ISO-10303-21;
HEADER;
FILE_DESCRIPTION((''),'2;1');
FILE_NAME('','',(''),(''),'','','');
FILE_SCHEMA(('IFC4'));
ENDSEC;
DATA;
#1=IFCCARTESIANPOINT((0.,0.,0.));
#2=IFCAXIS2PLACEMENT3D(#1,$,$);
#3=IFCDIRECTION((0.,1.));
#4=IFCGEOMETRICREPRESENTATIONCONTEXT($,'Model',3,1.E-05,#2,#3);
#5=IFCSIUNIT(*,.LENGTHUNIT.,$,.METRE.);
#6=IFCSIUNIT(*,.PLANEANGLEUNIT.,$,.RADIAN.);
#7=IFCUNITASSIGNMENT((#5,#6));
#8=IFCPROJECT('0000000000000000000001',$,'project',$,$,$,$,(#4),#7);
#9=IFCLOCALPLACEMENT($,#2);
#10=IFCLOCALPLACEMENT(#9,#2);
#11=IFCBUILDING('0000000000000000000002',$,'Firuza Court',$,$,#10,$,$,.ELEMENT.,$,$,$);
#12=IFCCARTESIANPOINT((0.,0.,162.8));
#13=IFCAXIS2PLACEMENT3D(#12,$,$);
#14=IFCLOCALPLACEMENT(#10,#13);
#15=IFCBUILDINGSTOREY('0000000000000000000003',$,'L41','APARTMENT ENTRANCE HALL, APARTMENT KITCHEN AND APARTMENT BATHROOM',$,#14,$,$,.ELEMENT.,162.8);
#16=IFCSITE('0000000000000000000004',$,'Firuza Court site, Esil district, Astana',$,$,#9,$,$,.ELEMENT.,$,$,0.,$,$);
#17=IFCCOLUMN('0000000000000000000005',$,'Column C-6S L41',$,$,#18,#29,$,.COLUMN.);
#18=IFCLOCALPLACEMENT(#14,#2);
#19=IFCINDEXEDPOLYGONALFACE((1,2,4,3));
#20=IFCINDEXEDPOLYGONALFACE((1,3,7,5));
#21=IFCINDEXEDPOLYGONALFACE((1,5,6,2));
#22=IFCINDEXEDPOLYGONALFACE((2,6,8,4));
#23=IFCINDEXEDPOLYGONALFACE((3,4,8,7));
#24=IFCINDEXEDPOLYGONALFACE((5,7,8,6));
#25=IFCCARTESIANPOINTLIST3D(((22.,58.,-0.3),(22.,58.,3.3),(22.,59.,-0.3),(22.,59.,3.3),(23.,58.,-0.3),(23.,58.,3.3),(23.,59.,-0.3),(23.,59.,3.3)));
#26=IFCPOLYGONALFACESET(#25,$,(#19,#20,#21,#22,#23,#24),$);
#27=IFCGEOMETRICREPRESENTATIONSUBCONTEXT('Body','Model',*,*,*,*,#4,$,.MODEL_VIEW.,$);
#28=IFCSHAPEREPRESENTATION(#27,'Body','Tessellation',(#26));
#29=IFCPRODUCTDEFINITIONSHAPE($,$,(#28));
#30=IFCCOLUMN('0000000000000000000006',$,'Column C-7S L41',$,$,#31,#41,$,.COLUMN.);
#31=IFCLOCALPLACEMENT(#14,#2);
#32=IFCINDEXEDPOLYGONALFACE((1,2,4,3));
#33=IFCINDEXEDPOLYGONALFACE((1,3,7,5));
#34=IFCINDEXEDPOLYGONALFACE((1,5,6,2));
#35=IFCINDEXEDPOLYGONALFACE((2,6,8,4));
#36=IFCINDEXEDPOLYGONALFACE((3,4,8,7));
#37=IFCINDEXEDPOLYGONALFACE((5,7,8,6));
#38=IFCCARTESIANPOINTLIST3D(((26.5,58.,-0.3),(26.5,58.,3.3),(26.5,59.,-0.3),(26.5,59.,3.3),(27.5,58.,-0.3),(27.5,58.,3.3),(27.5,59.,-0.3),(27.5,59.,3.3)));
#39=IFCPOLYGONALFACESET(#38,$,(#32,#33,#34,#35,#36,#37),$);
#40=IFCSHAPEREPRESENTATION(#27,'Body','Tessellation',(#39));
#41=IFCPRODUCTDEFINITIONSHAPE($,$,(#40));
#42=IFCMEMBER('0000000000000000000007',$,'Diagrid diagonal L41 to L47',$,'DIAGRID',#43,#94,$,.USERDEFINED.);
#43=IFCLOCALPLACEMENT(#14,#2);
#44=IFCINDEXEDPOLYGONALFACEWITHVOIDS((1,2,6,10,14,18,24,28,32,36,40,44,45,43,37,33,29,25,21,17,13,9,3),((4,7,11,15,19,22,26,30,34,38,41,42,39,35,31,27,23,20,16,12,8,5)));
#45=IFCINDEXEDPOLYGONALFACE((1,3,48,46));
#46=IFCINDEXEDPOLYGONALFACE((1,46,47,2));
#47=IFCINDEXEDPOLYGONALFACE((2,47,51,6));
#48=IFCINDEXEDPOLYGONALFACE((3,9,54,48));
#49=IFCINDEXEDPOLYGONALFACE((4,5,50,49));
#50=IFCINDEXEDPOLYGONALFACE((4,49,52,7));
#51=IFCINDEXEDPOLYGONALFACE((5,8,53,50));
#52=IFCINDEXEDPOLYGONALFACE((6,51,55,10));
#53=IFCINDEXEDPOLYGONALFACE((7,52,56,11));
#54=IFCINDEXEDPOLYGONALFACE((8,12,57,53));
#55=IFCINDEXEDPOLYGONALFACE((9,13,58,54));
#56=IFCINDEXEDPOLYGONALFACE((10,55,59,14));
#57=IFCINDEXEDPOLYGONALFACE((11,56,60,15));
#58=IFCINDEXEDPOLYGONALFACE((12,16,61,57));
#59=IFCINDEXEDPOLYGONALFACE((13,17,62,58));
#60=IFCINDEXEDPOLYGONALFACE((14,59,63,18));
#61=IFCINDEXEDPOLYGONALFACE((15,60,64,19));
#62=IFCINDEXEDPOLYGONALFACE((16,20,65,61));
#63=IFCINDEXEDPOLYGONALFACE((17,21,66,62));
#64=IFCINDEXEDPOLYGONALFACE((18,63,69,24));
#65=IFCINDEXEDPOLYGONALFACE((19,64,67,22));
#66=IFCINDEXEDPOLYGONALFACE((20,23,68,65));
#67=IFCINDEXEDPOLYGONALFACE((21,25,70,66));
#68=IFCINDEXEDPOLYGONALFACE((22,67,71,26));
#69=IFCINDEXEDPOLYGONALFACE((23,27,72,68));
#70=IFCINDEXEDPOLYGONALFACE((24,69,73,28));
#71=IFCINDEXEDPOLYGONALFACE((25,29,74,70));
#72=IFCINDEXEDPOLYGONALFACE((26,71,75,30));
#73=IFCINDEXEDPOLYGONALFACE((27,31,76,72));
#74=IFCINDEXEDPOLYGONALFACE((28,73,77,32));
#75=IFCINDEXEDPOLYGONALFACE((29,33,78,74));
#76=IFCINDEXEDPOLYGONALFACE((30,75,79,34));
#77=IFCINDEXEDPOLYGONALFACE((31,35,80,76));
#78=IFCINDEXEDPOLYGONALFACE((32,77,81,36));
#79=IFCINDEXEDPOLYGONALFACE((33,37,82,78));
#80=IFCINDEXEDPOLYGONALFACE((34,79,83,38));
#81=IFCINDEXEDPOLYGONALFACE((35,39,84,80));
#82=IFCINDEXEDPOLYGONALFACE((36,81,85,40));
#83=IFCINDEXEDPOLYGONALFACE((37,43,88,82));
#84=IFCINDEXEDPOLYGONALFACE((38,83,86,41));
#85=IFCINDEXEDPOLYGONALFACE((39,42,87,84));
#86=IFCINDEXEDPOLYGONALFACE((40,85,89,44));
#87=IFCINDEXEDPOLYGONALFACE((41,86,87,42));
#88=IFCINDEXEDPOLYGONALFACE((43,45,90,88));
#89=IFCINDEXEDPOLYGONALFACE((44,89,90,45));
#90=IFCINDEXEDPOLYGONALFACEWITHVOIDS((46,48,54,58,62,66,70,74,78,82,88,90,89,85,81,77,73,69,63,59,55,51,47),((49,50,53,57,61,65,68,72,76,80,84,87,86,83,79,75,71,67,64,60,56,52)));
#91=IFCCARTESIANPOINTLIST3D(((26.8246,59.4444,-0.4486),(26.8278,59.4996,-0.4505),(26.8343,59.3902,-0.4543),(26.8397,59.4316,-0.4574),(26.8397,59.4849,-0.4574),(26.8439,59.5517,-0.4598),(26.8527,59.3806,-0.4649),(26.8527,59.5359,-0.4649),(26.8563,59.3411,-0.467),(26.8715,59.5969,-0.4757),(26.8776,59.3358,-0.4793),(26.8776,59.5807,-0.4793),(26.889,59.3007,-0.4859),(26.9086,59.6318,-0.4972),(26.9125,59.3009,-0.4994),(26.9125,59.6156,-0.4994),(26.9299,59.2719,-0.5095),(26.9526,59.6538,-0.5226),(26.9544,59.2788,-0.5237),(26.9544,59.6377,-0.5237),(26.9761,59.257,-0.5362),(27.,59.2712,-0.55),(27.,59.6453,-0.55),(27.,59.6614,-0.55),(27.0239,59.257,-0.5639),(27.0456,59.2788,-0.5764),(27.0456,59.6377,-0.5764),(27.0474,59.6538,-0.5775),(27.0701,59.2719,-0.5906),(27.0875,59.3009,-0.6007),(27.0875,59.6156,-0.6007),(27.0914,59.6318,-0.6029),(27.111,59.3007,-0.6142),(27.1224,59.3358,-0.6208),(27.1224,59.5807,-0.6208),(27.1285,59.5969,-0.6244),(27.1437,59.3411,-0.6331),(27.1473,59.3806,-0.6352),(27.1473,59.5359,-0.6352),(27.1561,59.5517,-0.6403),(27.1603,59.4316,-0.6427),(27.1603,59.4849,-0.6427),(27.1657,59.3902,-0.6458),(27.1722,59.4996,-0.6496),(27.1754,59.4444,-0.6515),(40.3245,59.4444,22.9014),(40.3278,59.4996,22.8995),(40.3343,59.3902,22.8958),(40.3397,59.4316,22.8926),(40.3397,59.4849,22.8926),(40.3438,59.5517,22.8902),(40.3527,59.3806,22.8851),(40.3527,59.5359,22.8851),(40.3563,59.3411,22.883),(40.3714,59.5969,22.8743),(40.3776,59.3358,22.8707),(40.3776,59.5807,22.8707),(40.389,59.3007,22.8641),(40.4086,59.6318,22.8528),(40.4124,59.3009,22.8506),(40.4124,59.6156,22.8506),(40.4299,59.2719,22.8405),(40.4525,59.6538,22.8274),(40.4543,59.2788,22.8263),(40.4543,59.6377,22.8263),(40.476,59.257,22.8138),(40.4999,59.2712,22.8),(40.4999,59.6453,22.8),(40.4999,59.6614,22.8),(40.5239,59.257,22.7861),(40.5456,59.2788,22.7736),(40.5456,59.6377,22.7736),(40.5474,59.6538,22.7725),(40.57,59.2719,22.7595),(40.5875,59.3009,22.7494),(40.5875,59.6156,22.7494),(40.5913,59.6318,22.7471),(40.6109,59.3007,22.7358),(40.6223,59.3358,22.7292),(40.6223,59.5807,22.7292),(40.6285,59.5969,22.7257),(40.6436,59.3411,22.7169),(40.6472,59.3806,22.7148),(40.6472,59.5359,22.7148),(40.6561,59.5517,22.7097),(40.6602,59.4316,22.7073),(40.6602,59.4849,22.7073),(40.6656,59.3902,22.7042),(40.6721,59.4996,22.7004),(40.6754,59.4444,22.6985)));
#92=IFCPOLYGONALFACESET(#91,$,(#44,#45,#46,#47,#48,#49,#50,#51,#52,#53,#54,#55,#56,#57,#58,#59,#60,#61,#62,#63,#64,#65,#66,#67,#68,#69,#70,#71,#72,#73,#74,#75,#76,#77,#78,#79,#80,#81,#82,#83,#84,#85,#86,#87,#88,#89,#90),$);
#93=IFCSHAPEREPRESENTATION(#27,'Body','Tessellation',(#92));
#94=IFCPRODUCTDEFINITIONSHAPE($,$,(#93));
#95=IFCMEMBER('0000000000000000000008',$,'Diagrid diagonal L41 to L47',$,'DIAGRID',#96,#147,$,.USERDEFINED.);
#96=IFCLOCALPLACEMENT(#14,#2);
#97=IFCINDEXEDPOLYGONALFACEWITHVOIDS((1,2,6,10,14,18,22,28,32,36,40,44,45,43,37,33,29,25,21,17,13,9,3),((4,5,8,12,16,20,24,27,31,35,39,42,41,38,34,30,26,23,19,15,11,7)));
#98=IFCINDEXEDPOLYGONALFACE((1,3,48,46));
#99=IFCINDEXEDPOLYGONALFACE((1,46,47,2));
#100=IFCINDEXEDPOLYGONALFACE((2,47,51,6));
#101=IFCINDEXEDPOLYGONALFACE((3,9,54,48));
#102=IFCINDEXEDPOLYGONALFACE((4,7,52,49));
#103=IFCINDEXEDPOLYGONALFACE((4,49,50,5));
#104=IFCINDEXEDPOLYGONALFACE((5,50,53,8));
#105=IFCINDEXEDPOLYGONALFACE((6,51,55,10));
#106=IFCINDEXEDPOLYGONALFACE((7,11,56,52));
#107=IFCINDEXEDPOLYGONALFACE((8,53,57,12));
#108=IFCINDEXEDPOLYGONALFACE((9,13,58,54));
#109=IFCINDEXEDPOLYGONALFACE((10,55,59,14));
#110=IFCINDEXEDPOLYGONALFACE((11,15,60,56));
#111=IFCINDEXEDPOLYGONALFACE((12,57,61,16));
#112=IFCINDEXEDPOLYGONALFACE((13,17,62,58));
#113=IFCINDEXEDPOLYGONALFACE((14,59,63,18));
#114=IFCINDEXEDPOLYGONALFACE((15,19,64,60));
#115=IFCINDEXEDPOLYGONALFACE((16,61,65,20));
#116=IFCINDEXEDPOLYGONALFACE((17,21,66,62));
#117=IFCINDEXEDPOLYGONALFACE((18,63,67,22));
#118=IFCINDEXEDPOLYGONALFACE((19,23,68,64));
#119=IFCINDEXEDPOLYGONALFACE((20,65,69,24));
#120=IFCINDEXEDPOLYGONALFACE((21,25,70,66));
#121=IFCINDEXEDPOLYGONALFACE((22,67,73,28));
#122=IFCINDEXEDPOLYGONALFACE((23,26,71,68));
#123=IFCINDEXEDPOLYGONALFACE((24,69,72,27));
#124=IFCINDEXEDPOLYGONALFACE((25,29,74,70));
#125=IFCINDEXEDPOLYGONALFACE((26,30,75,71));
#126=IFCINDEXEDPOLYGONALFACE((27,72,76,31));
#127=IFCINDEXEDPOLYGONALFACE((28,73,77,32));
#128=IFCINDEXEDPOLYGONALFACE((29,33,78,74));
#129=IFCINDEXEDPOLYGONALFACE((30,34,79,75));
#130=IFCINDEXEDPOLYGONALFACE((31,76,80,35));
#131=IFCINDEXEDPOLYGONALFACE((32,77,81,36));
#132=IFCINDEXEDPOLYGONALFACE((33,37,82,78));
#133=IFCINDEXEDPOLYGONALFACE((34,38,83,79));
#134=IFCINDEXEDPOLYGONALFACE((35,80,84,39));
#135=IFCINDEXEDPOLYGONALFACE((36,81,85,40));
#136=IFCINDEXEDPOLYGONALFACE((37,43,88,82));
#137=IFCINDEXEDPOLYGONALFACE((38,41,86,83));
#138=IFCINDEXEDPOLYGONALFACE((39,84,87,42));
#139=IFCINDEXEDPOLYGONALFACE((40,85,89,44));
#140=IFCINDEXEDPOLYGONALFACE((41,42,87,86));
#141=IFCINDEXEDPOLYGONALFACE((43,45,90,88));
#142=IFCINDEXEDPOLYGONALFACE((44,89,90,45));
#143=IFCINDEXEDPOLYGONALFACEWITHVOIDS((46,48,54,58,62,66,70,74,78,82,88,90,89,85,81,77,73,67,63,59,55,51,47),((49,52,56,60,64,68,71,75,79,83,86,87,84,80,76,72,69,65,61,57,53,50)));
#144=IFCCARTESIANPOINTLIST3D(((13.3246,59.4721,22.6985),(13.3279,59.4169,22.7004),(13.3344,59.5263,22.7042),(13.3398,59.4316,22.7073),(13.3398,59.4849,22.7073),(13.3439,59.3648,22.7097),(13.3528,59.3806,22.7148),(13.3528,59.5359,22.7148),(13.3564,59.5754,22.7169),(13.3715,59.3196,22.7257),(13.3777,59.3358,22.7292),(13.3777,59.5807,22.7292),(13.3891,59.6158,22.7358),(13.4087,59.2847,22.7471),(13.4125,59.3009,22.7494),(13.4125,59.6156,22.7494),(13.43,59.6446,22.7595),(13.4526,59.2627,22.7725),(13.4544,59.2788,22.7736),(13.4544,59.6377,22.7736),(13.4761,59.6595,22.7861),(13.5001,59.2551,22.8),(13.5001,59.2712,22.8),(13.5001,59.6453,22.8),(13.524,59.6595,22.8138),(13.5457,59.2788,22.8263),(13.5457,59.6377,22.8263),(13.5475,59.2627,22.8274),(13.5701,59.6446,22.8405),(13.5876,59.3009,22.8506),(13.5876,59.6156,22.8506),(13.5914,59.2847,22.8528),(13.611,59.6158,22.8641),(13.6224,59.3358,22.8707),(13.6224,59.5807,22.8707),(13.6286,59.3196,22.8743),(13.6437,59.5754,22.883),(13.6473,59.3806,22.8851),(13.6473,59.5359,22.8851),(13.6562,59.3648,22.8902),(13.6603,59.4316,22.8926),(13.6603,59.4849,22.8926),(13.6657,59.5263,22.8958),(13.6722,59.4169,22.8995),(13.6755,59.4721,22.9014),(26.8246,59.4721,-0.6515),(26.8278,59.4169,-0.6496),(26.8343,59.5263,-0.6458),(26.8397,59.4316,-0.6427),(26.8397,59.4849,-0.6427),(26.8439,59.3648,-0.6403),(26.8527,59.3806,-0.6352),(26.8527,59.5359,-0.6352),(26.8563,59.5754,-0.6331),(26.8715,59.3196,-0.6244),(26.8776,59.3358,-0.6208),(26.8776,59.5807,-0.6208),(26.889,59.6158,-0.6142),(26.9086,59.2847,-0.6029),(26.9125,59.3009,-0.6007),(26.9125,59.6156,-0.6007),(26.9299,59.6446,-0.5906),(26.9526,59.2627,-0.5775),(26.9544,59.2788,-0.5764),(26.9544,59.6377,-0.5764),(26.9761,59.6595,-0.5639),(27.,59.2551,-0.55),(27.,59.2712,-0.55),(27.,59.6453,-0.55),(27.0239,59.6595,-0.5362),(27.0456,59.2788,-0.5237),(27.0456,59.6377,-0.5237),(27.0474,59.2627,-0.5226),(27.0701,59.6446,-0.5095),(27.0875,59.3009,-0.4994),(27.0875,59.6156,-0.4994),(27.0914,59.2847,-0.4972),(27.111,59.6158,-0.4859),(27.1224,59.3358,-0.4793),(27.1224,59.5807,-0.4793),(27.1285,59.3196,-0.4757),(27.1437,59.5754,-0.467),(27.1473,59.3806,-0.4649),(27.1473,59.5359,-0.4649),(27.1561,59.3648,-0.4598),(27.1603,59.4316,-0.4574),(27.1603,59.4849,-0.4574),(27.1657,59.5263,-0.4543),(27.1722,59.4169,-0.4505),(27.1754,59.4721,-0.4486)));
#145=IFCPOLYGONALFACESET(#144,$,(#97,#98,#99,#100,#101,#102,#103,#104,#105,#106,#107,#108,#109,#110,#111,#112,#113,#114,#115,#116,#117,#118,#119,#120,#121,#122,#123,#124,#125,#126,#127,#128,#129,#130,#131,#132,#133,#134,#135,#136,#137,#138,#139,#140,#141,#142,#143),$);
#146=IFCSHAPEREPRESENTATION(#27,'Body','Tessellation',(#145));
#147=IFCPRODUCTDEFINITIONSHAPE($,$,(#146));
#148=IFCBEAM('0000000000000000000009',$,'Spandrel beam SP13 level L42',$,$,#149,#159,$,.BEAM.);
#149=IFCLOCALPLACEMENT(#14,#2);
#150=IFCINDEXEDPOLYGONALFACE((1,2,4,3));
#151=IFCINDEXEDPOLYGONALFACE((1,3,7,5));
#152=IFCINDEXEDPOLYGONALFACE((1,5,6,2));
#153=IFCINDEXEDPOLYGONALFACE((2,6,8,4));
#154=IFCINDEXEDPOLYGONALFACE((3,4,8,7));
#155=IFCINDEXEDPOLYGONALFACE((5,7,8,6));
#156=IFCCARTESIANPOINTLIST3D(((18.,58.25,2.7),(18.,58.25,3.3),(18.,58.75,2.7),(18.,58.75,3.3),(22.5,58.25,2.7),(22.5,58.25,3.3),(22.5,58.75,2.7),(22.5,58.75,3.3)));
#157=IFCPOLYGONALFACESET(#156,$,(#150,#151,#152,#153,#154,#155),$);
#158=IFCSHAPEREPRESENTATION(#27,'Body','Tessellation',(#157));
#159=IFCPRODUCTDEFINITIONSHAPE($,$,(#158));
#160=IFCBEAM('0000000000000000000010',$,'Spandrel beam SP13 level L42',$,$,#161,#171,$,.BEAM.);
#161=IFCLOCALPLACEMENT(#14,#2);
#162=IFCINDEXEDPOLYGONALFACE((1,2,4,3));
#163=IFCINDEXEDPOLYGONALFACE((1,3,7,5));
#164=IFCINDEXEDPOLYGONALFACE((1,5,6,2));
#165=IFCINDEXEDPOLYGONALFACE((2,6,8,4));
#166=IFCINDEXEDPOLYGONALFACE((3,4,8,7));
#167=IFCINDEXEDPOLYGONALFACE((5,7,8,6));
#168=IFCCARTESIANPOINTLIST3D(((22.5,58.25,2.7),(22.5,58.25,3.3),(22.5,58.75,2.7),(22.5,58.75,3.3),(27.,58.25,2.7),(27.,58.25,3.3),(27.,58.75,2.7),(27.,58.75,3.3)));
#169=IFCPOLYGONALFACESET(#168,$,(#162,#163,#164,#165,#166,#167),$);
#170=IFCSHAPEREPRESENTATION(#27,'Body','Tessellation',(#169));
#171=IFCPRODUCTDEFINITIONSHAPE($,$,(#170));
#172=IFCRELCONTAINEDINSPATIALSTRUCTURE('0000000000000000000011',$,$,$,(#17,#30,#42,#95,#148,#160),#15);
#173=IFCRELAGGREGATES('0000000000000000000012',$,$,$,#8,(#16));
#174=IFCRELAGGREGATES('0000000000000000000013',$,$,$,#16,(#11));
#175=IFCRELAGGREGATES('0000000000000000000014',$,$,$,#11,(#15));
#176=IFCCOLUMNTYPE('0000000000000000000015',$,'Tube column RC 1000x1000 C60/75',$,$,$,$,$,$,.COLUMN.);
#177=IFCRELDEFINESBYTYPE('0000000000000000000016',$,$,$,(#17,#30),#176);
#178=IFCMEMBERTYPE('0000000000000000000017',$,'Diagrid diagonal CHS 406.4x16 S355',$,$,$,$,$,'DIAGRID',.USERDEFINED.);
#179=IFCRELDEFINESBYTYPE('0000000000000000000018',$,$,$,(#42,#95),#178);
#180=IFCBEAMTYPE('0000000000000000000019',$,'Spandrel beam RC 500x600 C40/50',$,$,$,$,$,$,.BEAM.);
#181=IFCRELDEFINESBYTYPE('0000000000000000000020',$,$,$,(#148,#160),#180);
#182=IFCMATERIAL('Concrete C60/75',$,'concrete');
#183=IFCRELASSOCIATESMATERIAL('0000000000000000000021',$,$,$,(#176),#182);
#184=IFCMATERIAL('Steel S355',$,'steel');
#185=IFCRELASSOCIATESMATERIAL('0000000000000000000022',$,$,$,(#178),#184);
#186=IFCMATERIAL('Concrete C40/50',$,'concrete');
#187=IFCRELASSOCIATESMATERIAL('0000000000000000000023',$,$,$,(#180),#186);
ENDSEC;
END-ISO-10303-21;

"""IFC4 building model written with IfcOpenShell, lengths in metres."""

from ifc_helpers import new_model, si_unit, direction, frame, origin, origin_2d, place, context, subcontext, project, spatial, rectangle, hollow_circle, extrude, material, material_profile, profile_set, type_object, element, save


model = new_model("IFC4")

# Units and contexts
model_context = context("Model", 3, precision=1e-05, world=origin(), true_north=direction((0.0, 1.0)))
body_context = subcontext(model_context, "Body", "Model", "MODEL_VIEW")
ifc_project = project(units=[si_unit("LENGTHUNIT", "METRE"), si_unit("PLANEANGLEUNIT", "RADIAN")], contexts=[model_context])

# Site, building, storey
site_placement = place(None, origin())
site = spatial("IfcSite", under=ifc_project, at=site_placement, Name="Firuza Court site, Esil district, Astana", CompositionType="ELEMENT", RefElevation=0.0)
building_placement = place(site_placement, origin())
building = spatial("IfcBuilding", under=site, at=building_placement, Name="Firuza Court", CompositionType="ELEMENT")
storey_placement = place(building_placement, frame((0.0, 0.0, 162.8)))
storey = spatial("IfcBuildingStorey", under=building, at=storey_placement, Name="L41", Description="APARTMENT ENTRANCE HALL, APARTMENT KITCHEN AND APARTMENT BATHROOM", CompositionType="ELEMENT", Elevation=162.8)

# Columns
ifc_material_1 = material(Name="Concrete C60/75", Category="concrete")
ifc_material_profile_1 = material_profile(ifc_material_1, rectangle(XDim=1.0, YDim=1.0, at=origin_2d()), Name="RC 1000x1000")
ifc_profile_set_1 = profile_set([ifc_material_profile_1], Name="Concrete C60/75")
column_type = type_object("IfcColumnType", Name="Tube column RC 1000x1000 C60/75", PredefinedType="COLUMN", material=ifc_profile_set_1)
for number, where, z_axis, x_axis, name in (
    (1, (22.5, 58.5, -0.3), (0.0, 0.0, 1.0), (1.0, 0.0, 0.0), "Column C-6S L41"),
    (2, (27.0, 58.5, -0.3), (0.0, 0.0, 1.0), (1.0, 0.0, 0.0), "Column C-7S L41"),
):
    element("IfcColumn", number, at=place(storey_placement, frame(where, z_axis=z_axis, x_axis=x_axis)), inside=storey, type_object=column_type, Name=name, PredefinedType="COLUMN", context=body_context, shape_type="SweptSolid", body=[
        extrude(rectangle(XDim=1.0, YDim=1.0, at=origin_2d()), origin(), (0.0, 0.0, 1.0), 3.6001),
    ])

# Members
ifc_material_2 = material(Name="Steel S355", Category="steel")
ifc_material_profile_2 = material_profile(ifc_material_2, hollow_circle(Radius=0.2031, WallThickness=0.0161, at=origin_2d()), Name="CHS 406.4x16")
ifc_profile_set_2 = profile_set([ifc_material_profile_2], Name="Steel S355")
member_type = type_object("IfcMemberType", Name="Diagrid diagonal CHS 406.4x16 S355", ElementType="DIAGRID", PredefinedType="USERDEFINED", material=ifc_profile_set_2)
for number, where, z_axis, x_axis, name in (
    (3, (27.0, 59.4583, -0.55), (0.500523, 0.0, 0.865723), (0.0, 1.0, 0.0), "Diagrid diagonal L41 to L47"),
    (4, (27.0, 59.4583, -0.55), (-0.500523, 0.0, 0.865723), (0.0, -1.0, 0.0), "Diagrid diagonal L41 to L47"),
):
    element("IfcMember", number, at=place(storey_placement, frame(where, z_axis=z_axis, x_axis=x_axis)), inside=storey, type_object=member_type, Name=name, ObjectType="DIAGRID", PredefinedType="USERDEFINED", context=body_context, shape_type="SweptSolid", body=[
        extrude(hollow_circle(Radius=0.2031, WallThickness=0.0161, at=origin_2d()), origin(), (0.0, 0.0, 1.0), 26.9717),
    ])

# Beams
ifc_material_3 = material(Name="Concrete C40/50", Category="concrete")
ifc_material_profile_3 = material_profile(ifc_material_3, rectangle(XDim=0.5, YDim=0.6001, at=origin_2d()), Name="RC 500x600")
ifc_profile_set_3 = profile_set([ifc_material_profile_3], Name="Concrete C40/50")
beam_type = type_object("IfcBeamType", Name="Spandrel beam RC 500x600 C40/50", PredefinedType="BEAM", material=ifc_profile_set_3)
for number, where, z_axis, x_axis, name in (
    (5, (22.5, 58.5, 3.0), (-1.0, 0.0, 0.0), (0.0, -1.0, 0.0), "Spandrel beam SP13 level L42"),
    (6, (27.0, 58.5, 3.0), (-1.0, 0.0, 0.0), (0.0, -1.0, 0.0), "Spandrel beam SP13 level L42"),
):
    element("IfcBeam", number, at=place(storey_placement, frame(where, z_axis=z_axis, x_axis=x_axis)), inside=storey, type_object=beam_type, Name=name, PredefinedType="BEAM", context=body_context, shape_type="SweptSolid", body=[
        extrude(rectangle(XDim=0.5, YDim=0.6001, at=origin_2d()), origin(), (0.0, 0.0, 1.0), 4.5),
    ])

save(model, "model.ifc")
